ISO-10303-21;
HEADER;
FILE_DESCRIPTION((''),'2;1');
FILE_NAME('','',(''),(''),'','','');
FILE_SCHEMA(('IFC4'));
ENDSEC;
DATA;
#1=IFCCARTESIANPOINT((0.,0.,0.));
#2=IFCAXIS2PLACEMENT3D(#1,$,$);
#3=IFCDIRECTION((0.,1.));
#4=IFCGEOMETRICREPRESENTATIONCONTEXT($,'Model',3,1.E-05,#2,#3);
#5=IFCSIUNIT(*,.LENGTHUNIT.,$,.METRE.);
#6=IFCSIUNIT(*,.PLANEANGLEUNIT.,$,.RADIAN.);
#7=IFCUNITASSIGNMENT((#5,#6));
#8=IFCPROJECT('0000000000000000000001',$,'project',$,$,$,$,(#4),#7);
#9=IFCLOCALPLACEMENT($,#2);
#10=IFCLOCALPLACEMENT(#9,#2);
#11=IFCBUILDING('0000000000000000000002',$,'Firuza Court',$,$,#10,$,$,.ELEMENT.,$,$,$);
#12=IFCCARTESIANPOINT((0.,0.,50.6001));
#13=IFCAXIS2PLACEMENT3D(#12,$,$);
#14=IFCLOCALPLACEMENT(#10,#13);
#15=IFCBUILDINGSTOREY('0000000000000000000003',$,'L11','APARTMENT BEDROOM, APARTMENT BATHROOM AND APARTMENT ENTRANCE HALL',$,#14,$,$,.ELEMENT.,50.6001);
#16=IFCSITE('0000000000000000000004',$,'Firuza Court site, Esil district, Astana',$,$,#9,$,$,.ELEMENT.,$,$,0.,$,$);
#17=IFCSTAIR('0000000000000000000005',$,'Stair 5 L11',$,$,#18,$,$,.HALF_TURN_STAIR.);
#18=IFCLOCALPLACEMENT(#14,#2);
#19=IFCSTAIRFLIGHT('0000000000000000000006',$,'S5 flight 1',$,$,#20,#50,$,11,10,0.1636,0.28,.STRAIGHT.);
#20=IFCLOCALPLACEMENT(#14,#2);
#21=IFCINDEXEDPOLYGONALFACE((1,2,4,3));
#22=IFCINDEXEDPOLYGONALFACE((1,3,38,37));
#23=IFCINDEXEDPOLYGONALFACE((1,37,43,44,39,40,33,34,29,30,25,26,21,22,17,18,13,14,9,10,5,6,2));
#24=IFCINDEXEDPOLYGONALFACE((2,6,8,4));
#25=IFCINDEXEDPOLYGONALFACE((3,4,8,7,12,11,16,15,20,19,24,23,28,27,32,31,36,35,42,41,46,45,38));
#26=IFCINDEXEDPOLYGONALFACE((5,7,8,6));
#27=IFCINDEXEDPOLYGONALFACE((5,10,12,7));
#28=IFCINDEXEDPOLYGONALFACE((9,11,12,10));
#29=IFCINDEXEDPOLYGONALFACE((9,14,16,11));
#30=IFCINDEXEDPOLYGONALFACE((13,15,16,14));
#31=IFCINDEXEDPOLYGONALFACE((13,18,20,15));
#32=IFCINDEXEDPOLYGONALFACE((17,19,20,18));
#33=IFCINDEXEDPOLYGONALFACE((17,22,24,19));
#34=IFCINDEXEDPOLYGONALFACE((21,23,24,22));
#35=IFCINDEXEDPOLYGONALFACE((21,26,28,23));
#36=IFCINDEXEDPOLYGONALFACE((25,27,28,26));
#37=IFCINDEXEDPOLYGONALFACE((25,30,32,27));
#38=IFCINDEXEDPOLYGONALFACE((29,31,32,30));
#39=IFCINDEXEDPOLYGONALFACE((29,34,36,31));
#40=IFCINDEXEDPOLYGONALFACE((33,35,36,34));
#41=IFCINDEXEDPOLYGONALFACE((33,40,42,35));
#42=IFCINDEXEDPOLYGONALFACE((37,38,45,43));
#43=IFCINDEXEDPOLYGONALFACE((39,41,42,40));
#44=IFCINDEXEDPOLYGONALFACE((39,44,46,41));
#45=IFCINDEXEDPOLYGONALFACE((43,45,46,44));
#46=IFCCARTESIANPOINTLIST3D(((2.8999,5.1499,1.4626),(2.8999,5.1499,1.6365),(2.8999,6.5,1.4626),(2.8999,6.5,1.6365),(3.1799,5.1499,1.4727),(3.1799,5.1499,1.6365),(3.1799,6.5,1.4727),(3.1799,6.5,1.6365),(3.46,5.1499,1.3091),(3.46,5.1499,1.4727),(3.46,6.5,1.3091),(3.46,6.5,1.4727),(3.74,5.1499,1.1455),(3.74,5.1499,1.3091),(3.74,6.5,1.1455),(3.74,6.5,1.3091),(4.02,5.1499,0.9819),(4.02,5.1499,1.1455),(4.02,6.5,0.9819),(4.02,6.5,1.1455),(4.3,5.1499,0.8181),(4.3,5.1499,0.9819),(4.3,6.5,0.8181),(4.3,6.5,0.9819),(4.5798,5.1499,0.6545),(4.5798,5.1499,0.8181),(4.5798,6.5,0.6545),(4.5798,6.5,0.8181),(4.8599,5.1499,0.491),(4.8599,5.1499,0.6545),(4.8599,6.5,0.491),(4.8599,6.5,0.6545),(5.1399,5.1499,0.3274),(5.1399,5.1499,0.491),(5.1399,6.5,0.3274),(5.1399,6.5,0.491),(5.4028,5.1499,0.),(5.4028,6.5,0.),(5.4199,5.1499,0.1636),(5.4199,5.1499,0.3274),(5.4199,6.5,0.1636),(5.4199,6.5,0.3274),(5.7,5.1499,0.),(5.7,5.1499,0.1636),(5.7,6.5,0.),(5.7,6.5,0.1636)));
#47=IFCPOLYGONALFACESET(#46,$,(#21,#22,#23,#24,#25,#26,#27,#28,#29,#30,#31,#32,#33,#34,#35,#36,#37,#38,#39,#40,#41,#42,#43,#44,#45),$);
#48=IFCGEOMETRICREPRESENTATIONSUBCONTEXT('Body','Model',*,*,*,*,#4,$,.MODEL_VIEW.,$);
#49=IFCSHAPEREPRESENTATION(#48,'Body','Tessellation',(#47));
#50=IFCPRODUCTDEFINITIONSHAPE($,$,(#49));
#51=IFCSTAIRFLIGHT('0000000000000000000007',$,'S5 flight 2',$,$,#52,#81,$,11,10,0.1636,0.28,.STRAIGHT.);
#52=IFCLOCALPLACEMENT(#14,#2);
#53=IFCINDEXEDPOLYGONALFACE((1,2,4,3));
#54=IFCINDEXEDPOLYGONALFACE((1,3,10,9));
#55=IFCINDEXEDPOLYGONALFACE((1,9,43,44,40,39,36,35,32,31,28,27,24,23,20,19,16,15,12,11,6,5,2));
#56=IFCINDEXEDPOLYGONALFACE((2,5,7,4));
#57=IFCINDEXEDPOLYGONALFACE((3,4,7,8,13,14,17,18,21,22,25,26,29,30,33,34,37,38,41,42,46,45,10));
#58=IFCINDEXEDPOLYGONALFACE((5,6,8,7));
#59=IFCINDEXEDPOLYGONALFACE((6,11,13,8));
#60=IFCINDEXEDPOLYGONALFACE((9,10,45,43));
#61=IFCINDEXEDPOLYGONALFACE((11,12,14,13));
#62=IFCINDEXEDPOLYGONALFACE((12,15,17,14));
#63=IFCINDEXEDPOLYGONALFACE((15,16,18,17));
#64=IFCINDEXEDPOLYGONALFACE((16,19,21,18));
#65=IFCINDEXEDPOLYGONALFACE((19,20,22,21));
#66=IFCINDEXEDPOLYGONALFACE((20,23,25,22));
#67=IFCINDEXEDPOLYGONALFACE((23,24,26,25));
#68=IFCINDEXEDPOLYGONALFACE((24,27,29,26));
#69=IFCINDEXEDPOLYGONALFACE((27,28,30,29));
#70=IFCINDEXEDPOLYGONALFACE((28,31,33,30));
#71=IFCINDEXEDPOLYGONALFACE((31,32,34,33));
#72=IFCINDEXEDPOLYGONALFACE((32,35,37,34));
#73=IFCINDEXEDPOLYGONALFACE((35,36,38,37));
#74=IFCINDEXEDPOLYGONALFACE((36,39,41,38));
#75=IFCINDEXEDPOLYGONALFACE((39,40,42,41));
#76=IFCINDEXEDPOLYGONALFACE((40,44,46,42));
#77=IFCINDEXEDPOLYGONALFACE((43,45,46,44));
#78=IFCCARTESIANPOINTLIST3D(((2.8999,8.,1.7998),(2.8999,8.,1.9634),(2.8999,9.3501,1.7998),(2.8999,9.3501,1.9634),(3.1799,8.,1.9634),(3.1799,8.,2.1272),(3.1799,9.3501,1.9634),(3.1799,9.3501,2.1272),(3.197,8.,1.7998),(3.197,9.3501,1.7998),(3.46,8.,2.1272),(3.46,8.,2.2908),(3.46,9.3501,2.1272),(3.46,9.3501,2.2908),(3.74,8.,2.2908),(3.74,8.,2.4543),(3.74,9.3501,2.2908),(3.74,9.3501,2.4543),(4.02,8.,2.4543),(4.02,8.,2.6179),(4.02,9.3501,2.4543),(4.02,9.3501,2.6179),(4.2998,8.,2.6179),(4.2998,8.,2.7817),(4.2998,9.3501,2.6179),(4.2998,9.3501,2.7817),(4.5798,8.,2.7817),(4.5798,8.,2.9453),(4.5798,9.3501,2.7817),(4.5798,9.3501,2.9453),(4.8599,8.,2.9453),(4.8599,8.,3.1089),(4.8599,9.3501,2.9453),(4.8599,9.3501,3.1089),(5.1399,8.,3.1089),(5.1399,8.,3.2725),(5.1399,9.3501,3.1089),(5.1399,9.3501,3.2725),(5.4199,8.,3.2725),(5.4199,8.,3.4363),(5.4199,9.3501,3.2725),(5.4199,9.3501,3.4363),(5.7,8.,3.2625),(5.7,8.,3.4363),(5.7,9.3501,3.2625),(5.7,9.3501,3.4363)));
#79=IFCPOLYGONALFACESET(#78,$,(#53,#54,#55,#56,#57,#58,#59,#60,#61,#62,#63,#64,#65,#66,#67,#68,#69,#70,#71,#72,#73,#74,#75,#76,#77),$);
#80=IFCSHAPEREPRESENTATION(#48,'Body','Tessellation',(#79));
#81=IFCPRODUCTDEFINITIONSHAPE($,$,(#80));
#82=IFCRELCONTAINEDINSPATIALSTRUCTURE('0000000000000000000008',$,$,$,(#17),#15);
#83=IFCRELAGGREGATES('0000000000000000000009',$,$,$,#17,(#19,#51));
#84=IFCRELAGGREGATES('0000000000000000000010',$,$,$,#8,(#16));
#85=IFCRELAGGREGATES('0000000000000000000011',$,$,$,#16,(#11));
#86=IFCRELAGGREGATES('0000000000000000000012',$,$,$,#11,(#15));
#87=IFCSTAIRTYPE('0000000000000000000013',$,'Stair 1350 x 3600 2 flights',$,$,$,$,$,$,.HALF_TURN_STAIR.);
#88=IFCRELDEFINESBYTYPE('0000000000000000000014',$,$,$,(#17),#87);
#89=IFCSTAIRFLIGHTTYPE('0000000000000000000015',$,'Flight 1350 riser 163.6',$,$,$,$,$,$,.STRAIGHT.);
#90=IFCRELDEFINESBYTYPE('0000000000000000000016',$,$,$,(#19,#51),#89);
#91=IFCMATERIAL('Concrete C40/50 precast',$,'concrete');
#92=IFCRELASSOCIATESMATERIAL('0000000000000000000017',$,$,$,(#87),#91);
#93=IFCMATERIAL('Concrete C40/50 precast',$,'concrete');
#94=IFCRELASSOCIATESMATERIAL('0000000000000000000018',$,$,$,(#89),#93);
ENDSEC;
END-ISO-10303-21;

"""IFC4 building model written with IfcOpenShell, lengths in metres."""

from ifc_helpers import new_model, si_unit, direction, frame, origin, place, context, subcontext, project, spatial, polyline, outline, extrude, material, type_object, element, aggregate, save


model = new_model("IFC4")

# Units and contexts
model_context = context("Model", 3, precision=1e-05, world=origin(), true_north=direction((0.0, 1.0)))
body_context = subcontext(model_context, "Body", "Model", "MODEL_VIEW")
ifc_project = project(units=[si_unit("LENGTHUNIT", "METRE"), si_unit("PLANEANGLEUNIT", "RADIAN")], contexts=[model_context])

# Site, building, storey
site_placement = place(None, origin())
site = spatial("IfcSite", under=ifc_project, at=site_placement, Name="Firuza Court site, Esil district, Astana", CompositionType="ELEMENT", RefElevation=0.0)
building_placement = place(site_placement, origin())
building = spatial("IfcBuilding", under=site, at=building_placement, Name="Firuza Court", CompositionType="ELEMENT")
storey_placement = place(building_placement, frame((0.0, 0.0, 50.6001)))
storey = spatial("IfcBuildingStorey", under=building, at=storey_placement, Name="L11", Description="APARTMENT BEDROOM, APARTMENT BATHROOM AND APARTMENT ENTRANCE HALL", CompositionType="ELEMENT", Elevation=50.6001)

# Stair, stair flights
ifc_material_1 = material(Name="Concrete C40/50 precast", Category="concrete")
stair_type = type_object("IfcStairType", Name="Stair 1350 x 3600 2 flights", PredefinedType="HALF_TURN_STAIR", material=ifc_material_1)
stair_placement = place(storey_placement, origin())
stair = element("IfcStair", 1, at=stair_placement, inside=storey, type_object=stair_type, Name="Stair 5 L11", PredefinedType="HALF_TURN_STAIR")
ifc_material_2 = material(Name="Concrete C40/50 precast", Category="concrete")
stair_flight_type = type_object("IfcStairFlightType", Name="Flight 1350 riser 163.6", PredefinedType="STRAIGHT", material=ifc_material_2)
stair_flight_1_placement = place(storey_placement, frame((5.7, 5.825, 0.0), z_axis=(0.0, 0.0, 1.0), x_axis=(-1.0, 0.0, 0.0)))
stair_flight_1 = element("IfcStairFlight", 2, at=stair_flight_1_placement, type_object=stair_flight_type, Name="S5 flight 1", NumberOfRisers=11, NumberOfTreads=10, PredefinedType="STRAIGHT", RiserHeight=0.1636, TreadLength=0.28, context=body_context, shape_type="SweptSolid", body=[
    extrude(outline(polyline([(0.0, 0.0), (0.0, 0.1636), (0.28, 0.1636), (0.28, 0.3274), (0.5601, 0.3274), (0.5601, 0.491), (0.8401, 0.491), (0.8401, 0.6545), (1.1201, 0.6545), (1.1201, 0.8181), (1.3999, 0.8181), (1.3999, 0.9819), (1.6799, 0.9819), (1.6799, 1.1455), (1.96, 1.1455), (1.96, 1.3091), (2.24, 1.3091), (2.24, 1.4727), (2.52, 1.4727), (2.52, 1.6365), (2.8, 1.6365), (2.8, 1.8), (2.8, 1.4626), (0.2971, 0.0), (0.0, 0.0)])), frame((0.0, 0.675, 0.0), z_axis=(0.0, -1.0, 0.0), x_axis=(1.0, 0.0, 0.0)), (0.0, 0.0, 1.0), 1.3501),
])
stair_flight_2_placement = place(storey_placement, frame((2.8999, 8.675, 1.7998), z_axis=(0.0, 0.0, 1.0), x_axis=(1.0, 0.0, 0.0)))
stair_flight_2 = element("IfcStairFlight", 3, at=stair_flight_2_placement, type_object=stair_flight_type, Name="S5 flight 2", NumberOfRisers=11, NumberOfTreads=10, PredefinedType="STRAIGHT", RiserHeight=0.1636, TreadLength=0.28, context=body_context, shape_type="SweptSolid", body=[
    extrude(outline(polyline([(0.0, 0.0), (0.0, 0.1636), (0.28, 0.1636), (0.28, 0.3274), (0.5601, 0.3274), (0.5601, 0.491), (0.8401, 0.491), (0.8401, 0.6545), (1.1201, 0.6545), (1.1201, 0.8181), (1.3999, 0.8181), (1.3999, 0.9819), (1.6799, 0.9819), (1.6799, 1.1455), (1.96, 1.1455), (1.96, 1.3091), (2.24, 1.3091), (2.24, 1.4727), (2.52, 1.4727), (2.52, 1.6365), (2.8, 1.6365), (2.8, 1.8), (2.8, 1.4626), (0.2971, 0.0), (0.0, 0.0)])), frame((0.0, 0.675, 0.0), z_axis=(0.0, -1.0, 0.0), x_axis=(1.0, 0.0, 0.0)), (0.0, 0.0, 1.0), 1.3501),
])
aggregate(stair, [stair_flight_1, stair_flight_2])

save(model, "model.ifc")
